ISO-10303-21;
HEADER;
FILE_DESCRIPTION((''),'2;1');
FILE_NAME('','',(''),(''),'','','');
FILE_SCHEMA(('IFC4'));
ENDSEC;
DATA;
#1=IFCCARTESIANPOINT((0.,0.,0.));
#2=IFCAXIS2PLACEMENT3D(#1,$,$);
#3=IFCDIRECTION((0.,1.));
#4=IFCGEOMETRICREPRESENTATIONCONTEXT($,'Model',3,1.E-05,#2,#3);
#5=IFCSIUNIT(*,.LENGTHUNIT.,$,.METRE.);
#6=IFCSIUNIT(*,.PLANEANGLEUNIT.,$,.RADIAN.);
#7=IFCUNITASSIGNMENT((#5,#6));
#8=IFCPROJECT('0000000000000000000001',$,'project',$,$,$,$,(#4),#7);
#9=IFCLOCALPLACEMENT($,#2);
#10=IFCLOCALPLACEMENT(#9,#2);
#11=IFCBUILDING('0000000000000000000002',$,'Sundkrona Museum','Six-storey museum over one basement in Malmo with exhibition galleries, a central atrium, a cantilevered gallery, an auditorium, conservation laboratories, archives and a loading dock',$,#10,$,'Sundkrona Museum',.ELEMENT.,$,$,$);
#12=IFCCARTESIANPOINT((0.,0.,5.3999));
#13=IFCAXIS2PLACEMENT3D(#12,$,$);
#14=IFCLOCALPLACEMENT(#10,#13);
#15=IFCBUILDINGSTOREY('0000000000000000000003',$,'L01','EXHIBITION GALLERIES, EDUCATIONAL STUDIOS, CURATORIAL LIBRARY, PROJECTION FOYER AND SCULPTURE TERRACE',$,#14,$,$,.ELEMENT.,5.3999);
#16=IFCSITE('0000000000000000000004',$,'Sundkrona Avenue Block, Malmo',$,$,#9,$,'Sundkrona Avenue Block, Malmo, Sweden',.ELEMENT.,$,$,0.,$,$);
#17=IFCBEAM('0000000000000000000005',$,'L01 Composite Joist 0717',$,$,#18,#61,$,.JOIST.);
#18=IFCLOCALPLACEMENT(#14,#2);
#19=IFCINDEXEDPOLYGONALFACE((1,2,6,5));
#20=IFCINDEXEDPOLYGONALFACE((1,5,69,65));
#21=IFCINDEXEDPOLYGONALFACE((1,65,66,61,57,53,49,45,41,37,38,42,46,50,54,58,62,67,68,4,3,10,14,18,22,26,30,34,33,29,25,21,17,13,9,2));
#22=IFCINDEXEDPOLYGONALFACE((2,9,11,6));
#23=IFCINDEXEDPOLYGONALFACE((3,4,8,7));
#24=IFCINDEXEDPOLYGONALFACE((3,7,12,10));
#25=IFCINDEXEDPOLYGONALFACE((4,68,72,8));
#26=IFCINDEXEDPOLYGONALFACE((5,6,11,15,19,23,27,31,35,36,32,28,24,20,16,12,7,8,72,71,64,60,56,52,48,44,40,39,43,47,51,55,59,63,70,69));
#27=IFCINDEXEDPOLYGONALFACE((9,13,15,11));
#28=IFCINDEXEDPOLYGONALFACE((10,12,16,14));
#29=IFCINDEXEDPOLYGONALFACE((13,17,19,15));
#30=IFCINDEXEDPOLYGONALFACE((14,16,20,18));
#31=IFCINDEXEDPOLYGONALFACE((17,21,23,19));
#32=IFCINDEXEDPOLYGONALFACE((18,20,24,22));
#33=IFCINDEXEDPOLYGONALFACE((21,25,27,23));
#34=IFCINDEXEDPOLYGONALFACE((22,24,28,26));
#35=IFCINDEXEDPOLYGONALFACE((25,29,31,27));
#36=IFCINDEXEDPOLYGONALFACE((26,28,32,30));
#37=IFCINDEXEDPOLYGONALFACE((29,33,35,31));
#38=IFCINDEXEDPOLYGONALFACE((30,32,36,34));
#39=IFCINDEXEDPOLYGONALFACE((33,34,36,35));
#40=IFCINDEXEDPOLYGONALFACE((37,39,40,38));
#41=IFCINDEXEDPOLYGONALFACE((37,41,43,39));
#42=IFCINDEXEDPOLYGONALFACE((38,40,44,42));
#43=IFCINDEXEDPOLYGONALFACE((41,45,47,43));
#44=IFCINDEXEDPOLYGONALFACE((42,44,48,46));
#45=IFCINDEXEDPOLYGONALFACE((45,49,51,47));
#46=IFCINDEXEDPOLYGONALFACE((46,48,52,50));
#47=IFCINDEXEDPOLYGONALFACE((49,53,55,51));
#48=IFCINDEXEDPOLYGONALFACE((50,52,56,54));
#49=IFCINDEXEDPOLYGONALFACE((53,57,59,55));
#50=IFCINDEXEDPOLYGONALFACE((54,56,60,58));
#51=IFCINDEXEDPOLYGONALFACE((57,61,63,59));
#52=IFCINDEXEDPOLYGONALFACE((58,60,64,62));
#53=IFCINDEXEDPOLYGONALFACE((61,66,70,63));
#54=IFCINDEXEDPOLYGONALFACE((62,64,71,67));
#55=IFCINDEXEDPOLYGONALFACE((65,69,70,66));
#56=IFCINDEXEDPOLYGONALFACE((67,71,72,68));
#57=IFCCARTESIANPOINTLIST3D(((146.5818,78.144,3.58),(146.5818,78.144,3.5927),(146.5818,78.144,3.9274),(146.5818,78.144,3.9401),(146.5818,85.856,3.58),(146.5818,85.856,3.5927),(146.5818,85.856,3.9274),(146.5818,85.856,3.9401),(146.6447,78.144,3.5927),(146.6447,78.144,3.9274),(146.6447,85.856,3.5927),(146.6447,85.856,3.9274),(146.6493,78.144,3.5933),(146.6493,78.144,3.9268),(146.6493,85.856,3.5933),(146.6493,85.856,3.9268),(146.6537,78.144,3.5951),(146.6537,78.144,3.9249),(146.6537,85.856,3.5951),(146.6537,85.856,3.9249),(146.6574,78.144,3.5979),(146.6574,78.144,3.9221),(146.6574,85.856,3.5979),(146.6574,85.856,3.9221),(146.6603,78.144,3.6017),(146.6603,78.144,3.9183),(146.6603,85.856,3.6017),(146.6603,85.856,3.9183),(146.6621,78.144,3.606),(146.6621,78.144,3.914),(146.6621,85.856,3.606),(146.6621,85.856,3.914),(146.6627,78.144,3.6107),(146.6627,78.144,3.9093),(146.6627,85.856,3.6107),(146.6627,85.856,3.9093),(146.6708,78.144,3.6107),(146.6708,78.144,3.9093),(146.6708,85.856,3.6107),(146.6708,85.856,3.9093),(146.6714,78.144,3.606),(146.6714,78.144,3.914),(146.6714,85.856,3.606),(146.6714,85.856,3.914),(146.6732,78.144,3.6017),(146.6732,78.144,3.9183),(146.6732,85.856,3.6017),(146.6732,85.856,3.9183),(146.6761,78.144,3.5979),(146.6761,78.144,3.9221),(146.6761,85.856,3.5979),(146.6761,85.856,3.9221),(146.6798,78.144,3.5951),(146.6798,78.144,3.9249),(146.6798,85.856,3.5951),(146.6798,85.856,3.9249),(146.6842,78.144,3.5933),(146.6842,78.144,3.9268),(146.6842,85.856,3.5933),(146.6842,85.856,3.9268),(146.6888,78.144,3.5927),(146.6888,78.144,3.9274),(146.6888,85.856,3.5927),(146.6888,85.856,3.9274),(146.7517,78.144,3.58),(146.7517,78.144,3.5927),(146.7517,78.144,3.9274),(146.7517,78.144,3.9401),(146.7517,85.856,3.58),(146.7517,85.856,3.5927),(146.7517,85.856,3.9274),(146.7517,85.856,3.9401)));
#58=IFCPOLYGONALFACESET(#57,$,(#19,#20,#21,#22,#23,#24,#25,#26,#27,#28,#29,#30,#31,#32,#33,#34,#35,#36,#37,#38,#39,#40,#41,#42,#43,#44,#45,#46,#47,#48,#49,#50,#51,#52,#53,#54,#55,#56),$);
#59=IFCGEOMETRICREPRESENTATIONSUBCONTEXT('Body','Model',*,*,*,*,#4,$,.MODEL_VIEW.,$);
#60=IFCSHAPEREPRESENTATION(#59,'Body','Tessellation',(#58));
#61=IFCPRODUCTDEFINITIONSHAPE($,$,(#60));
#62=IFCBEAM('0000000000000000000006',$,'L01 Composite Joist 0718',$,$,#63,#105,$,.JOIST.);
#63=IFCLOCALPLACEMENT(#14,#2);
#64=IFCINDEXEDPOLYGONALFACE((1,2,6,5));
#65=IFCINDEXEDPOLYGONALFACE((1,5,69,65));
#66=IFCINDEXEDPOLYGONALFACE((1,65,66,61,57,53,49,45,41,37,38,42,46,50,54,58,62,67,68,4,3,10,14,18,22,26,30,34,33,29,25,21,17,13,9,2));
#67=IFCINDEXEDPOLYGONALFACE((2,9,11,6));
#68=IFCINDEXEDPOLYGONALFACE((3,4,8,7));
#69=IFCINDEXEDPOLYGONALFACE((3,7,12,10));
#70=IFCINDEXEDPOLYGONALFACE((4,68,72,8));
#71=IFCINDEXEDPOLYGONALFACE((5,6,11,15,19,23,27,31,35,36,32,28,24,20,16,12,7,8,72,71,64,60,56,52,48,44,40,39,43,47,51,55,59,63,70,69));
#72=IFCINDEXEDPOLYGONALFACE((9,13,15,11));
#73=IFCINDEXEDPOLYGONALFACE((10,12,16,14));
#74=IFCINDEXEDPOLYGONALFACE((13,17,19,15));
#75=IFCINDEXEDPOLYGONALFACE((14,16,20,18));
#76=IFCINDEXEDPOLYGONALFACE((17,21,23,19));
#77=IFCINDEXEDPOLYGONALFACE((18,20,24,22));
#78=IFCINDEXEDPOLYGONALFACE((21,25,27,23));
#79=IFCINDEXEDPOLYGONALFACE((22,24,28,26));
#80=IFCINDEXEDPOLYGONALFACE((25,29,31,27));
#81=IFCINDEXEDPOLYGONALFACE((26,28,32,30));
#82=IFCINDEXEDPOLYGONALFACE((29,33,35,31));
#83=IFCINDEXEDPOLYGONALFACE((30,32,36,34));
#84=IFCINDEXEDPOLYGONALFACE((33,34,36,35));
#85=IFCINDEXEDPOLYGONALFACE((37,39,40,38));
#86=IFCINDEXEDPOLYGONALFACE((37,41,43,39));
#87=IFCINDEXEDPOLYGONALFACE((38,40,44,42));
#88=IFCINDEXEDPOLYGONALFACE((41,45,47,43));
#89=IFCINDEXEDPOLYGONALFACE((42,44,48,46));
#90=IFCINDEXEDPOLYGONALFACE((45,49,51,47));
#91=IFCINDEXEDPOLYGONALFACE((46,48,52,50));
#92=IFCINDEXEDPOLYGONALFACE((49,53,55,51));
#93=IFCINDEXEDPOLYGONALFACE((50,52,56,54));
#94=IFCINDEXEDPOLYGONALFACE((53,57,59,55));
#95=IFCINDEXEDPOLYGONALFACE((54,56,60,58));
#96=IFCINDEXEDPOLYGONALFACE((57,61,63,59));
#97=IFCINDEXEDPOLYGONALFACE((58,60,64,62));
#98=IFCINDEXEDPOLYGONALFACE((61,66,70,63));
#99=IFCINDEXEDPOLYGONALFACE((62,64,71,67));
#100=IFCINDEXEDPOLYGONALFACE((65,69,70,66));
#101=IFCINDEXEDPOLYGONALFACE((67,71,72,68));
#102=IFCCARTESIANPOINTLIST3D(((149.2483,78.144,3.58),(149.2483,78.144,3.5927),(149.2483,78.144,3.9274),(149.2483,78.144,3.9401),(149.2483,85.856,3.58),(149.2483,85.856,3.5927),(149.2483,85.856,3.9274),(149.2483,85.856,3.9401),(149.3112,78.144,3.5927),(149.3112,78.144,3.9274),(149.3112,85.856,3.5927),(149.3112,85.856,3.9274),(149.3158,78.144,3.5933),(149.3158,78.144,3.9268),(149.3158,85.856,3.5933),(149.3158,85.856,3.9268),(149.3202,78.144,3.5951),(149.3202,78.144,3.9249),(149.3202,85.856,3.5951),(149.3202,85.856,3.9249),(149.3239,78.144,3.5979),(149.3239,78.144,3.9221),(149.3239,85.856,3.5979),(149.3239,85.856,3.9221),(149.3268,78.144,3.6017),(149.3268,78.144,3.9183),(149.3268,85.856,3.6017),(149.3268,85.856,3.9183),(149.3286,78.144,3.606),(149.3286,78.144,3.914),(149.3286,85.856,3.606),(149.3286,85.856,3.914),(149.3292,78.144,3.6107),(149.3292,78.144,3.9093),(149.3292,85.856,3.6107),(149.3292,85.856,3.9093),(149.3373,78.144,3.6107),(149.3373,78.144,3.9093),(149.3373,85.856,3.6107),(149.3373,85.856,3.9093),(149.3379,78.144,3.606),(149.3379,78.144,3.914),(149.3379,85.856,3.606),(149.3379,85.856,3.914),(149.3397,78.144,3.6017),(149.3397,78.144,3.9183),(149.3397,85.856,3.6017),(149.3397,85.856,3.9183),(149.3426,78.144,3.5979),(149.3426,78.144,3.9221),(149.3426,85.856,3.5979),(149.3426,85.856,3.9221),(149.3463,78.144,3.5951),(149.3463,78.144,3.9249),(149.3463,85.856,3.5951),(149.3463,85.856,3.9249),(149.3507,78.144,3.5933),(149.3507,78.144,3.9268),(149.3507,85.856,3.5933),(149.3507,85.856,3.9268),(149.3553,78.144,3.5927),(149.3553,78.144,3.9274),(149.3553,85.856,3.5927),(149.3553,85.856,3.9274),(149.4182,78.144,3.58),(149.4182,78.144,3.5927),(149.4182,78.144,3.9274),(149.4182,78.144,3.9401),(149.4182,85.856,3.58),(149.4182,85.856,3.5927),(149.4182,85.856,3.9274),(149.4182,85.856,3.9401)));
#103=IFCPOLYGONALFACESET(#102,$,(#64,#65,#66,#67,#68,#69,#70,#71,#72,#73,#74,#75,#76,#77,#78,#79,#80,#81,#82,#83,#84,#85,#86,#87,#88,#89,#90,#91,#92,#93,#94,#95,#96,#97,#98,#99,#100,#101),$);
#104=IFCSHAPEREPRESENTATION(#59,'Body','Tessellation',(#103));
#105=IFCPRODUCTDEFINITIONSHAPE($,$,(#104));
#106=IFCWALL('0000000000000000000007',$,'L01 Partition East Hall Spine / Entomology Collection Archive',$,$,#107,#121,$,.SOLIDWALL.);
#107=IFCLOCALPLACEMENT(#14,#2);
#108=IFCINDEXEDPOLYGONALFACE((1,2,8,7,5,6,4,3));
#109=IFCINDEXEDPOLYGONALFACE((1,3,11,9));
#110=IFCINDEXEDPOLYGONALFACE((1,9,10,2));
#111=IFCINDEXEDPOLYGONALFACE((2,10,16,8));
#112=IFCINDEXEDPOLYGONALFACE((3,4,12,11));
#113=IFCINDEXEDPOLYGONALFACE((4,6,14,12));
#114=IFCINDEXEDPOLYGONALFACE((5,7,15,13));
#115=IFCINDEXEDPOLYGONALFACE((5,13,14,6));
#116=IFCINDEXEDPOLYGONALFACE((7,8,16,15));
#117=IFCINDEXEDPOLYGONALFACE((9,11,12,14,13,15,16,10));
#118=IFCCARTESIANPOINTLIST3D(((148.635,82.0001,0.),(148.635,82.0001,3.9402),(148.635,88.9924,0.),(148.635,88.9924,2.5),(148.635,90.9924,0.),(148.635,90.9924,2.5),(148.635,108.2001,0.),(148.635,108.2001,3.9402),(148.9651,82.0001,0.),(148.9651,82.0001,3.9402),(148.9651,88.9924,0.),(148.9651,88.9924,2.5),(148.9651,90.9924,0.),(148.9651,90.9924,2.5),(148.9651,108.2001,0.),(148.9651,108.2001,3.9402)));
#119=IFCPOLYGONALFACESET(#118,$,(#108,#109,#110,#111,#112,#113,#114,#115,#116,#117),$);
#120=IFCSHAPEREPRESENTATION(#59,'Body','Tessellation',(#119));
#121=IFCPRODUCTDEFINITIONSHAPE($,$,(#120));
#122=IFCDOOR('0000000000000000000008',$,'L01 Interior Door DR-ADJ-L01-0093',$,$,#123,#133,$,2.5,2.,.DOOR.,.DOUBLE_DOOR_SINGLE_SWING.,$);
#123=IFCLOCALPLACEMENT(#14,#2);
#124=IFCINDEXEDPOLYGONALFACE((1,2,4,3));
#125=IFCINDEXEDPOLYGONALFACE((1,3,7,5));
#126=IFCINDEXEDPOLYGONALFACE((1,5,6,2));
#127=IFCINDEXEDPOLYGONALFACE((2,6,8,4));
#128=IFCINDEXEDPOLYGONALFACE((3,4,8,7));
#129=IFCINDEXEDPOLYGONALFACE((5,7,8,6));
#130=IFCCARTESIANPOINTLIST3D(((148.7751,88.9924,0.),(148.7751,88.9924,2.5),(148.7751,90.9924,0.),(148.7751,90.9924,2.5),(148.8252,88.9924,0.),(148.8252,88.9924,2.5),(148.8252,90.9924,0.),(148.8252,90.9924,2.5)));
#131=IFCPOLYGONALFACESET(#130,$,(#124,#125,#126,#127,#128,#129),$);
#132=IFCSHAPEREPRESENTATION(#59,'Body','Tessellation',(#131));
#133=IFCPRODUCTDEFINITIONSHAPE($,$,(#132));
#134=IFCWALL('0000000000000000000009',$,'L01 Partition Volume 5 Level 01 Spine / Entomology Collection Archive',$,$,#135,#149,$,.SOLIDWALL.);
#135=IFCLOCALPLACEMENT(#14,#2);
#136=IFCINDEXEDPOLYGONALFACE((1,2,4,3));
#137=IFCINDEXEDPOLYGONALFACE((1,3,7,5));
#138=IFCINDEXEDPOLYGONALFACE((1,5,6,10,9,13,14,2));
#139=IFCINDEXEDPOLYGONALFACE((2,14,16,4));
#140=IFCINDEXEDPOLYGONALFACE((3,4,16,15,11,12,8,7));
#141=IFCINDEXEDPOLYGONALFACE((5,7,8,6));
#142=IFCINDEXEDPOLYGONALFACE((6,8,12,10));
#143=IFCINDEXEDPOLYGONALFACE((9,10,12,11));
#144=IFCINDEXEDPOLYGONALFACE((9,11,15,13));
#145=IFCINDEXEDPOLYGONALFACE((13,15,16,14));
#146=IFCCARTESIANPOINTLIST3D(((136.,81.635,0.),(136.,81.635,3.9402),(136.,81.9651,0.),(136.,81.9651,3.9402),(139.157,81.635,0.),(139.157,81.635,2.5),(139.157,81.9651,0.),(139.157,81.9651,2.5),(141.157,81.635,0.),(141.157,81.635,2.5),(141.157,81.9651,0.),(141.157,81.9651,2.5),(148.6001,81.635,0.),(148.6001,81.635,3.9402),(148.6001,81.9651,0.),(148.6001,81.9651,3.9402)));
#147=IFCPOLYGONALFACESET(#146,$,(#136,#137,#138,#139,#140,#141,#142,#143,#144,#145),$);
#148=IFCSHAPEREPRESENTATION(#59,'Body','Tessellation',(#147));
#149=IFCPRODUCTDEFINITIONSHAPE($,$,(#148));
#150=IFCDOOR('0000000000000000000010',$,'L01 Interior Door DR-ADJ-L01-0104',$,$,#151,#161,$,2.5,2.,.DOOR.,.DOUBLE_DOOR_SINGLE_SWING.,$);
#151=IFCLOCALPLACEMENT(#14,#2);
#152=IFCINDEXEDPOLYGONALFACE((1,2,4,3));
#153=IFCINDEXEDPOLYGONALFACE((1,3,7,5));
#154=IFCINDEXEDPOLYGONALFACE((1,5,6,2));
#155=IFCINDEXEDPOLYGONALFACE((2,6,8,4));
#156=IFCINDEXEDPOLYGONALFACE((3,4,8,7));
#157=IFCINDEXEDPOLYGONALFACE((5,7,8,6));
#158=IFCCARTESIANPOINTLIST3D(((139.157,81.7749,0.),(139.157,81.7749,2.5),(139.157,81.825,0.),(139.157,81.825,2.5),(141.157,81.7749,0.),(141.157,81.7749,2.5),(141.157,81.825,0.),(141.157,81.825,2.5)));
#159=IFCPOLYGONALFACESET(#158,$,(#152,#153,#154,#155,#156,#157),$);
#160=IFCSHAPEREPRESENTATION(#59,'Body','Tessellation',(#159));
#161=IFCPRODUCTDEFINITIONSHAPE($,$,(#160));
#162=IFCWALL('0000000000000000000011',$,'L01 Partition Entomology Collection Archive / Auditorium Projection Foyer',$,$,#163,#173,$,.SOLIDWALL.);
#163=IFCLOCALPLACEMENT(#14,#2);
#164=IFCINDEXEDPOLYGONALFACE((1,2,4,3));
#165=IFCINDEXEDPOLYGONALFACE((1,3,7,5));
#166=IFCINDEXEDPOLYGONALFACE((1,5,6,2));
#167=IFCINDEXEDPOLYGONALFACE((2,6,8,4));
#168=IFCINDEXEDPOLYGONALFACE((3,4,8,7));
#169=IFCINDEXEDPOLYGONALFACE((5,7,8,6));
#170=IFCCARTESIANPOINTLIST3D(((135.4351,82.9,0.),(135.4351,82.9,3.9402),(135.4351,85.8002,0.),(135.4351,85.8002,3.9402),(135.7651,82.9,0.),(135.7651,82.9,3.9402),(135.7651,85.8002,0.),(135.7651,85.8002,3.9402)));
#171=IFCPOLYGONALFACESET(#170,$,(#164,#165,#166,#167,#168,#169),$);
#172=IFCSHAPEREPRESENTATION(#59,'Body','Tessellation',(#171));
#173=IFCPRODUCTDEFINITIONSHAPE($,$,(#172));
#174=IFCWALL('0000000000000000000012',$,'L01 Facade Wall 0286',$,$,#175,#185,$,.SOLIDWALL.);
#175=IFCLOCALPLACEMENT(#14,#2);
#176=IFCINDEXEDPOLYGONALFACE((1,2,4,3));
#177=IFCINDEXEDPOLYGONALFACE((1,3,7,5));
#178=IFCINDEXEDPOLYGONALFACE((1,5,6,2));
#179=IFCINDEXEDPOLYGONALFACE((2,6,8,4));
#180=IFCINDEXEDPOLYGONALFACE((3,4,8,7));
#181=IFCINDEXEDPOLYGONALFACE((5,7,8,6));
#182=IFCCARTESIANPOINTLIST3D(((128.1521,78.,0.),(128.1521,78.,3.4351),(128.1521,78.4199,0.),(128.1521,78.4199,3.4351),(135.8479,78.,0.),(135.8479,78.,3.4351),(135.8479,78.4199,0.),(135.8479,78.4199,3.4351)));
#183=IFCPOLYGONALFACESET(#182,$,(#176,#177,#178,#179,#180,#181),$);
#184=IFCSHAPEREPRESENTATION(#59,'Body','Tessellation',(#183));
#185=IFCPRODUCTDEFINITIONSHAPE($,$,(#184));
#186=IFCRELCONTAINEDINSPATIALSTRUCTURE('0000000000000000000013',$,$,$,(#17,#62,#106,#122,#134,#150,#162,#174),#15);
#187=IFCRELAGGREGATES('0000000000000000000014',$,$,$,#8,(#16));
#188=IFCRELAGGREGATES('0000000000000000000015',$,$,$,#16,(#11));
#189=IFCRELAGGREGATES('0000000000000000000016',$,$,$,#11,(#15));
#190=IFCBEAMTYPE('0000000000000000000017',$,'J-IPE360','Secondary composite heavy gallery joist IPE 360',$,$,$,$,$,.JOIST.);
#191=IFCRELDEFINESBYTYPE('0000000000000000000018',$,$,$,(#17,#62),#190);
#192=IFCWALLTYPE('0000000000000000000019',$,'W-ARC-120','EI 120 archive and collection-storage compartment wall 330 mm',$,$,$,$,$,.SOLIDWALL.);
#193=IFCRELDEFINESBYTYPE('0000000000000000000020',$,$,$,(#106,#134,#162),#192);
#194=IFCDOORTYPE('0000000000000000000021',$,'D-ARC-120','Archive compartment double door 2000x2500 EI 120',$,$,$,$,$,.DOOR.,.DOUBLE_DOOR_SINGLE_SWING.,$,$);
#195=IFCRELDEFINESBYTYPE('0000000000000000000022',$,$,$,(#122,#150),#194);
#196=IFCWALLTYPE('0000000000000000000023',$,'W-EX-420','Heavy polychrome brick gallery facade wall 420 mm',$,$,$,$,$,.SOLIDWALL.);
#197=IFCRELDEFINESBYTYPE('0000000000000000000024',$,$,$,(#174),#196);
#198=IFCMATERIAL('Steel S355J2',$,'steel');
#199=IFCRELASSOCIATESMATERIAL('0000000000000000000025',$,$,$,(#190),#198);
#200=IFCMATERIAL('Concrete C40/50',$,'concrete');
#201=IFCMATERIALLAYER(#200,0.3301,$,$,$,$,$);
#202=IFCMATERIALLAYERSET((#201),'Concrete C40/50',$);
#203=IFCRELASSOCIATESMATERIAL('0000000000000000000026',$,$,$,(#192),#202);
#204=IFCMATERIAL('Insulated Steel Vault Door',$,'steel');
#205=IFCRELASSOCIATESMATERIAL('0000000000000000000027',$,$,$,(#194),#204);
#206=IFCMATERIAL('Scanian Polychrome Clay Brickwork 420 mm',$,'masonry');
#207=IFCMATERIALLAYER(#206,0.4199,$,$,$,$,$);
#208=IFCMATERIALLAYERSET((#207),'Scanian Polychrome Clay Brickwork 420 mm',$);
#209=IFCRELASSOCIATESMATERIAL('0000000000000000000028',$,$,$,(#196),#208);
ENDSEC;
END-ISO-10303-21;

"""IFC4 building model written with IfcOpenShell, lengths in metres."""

from ifc_helpers import new_model, si_unit, direction, frame, frame_2d, origin, origin_2d, place, context, subcontext, project, spatial, rectangle, i_section, extrude, material, layer, layer_set, material_profile, profile_set, type_object, element, fill, save


model = new_model("IFC4")

# Units and contexts
model_context = context("Model", 3, precision=1e-05, world=origin(), true_north=direction((0.0, 1.0)))
body_context = subcontext(model_context, "Body", "Model", "MODEL_VIEW")
ifc_project = project(units=[si_unit("LENGTHUNIT", "METRE"), si_unit("PLANEANGLEUNIT", "RADIAN")], contexts=[model_context])

# Site, building, storey
site_placement = place(None, origin())
site = spatial("IfcSite", under=ifc_project, at=site_placement, Name="Sundkrona Avenue Block, Malmo", LongName="Sundkrona Avenue Block, Malmo, Sweden", CompositionType="ELEMENT", RefElevation=0.0)
building_placement = place(site_placement, origin())
building = spatial("IfcBuilding", under=site, at=building_placement, Name="Sundkrona Museum", Description="Six-storey museum over one basement in Malmo with exhibition galleries, a central atrium, a cantilevered gallery, an auditorium, conservation laboratories, archives and a loading dock", LongName="Sundkrona Museum", CompositionType="ELEMENT")
storey_placement = place(building_placement, frame((0.0, 0.0, 5.3999)))
storey = spatial("IfcBuildingStorey", under=building, at=storey_placement, Name="L01", Description="EXHIBITION GALLERIES, EDUCATIONAL STUDIOS, CURATORIAL LIBRARY, PROJECTION FOYER AND SCULPTURE TERRACE", CompositionType="ELEMENT", Elevation=5.3999)

# Shared definitions
ifc_material_1 = material(Name="Steel S355J2", Category="steel")

# Beams
ifc_material_profile_1 = material_profile(ifc_material_1, i_section(OverallWidth=0.1699, OverallDepth=0.3601, WebThickness=0.0081, FlangeThickness=0.0127, FilletRadius=0.0181, at=origin_2d()), Name="IPE 360")
ifc_profile_set_1 = profile_set([ifc_material_profile_1], Name="Steel S355J2")
beam_type_1 = type_object("IfcBeamType", Name="J-IPE360", Description="Secondary composite heavy gallery joist IPE 360", PredefinedType="JOIST", material=ifc_profile_set_1)
for number, where, z_axis, x_axis, name in (
    (1, (146.6667, 78.144, 3.76), (0.0, 1.0, 0.0), (-1.0, 0.0, 0.0), "L01 Composite Joist 0717"),
    (2, (149.3333, 78.144, 3.76), (0.0, 1.0, 0.0), (-1.0, 0.0, 0.0), "L01 Composite Joist 0718"),
):
    element("IfcBeam", number, at=place(storey_placement, frame(where, z_axis=z_axis, x_axis=x_axis)), inside=storey, type_object=beam_type_1, Name=name, PredefinedType="JOIST", context=body_context, shape_type="SweptSolid", body=[
        extrude(i_section(OverallWidth=0.1699, OverallDepth=0.3601, WebThickness=0.0081, FlangeThickness=0.0127, FilletRadius=0.0181, at=origin_2d()), origin(), (0.0, 0.0, 1.0), 7.7119),
    ])

# Walls, openings, doors
ifc_material_2 = material(Name="Concrete C40/50", Category="concrete")
ifc_layer_1 = layer(ifc_material_2, 0.3301)
ifc_layer_set_1 = layer_set([ifc_layer_1], Name="Concrete C40/50")
wall_type_1 = type_object("IfcWallType", Name="W-ARC-120", Description="EI 120 archive and collection-storage compartment wall 330 mm", PredefinedType="SOLIDWALL", material=ifc_layer_set_1)
wall_1_placement = place(storey_placement, frame((148.8, 82.0, 0.0), z_axis=(0.0, 0.0, 1.0), x_axis=(0.0, 1.0, 0.0)))
wall_1 = element("IfcWall", 3, at=wall_1_placement, inside=storey, type_object=wall_type_1, Name="L01 Partition East Hall Spine / Entomology Collection Archive", PredefinedType="SOLIDWALL", context=body_context, shape_type="SweptSolid", body=[
    extrude(rectangle(XDim=26.2, YDim=0.3301, at=frame_2d((13.1001, 0.0))), origin(), (0.0, 0.0, 1.0), 3.9402),
])
opening_1_placement = place(wall_1_placement, frame((6.9924, 0.0, 0.0)))
opening_1 = element("IfcOpeningElement", 4, at=opening_1_placement, cuts=wall_1, PredefinedType="OPENING", context=body_context, shape_type="SweptSolid", body=[
    extrude(rectangle(XDim=2.0, YDim=2.5, at=frame_2d((1.0, 1.25))), frame((0.0, 0.175, 0.0), z_axis=(0.0, -1.0, 0.0), x_axis=(1.0, 0.0, 0.0)), (0.0, 0.0, 1.0), 0.3501),
])
ifc_material_3 = material(Name="Insulated Steel Vault Door", Category="steel")
door_type_1 = type_object("IfcDoorType", Name="D-ARC-120", Description="Archive compartment double door 2000x2500 EI 120", OperationType="DOUBLE_DOOR_SINGLE_SWING", PredefinedType="DOOR", material=ifc_material_3)
door_1_placement = place(opening_1_placement, origin())
door_1 = element("IfcDoor", 5, at=door_1_placement, inside=storey, type_object=door_type_1, Name="L01 Interior Door DR-ADJ-L01-0093", OperationType="DOUBLE_DOOR_SINGLE_SWING", OverallHeight=2.5, OverallWidth=2.0, PredefinedType="DOOR", context=body_context, shape_type="SweptSolid", body=[
    extrude(rectangle(XDim=2.0, YDim=2.5, at=frame_2d((1.0, 1.25))), frame((0.0, 0.0249, 0.0), z_axis=(0.0, -1.0, 0.0), x_axis=(1.0, 0.0, 0.0)), (0.0, 0.0, 1.0), 0.05),
])
fill(opening_1, door_1)
wall_2_placement = place(storey_placement, frame((136.0, 81.8, 0.0), z_axis=(0.0, 0.0, 1.0), x_axis=(1.0, 0.0, 0.0)))
wall_2 = element("IfcWall", 6, at=wall_2_placement, inside=storey, type_object=wall_type_1, Name="L01 Partition Volume 5 Level 01 Spine / Entomology Collection Archive", PredefinedType="SOLIDWALL", context=body_context, shape_type="SweptSolid", body=[
    extrude(rectangle(XDim=12.6001, YDim=0.3301, at=frame_2d((6.3, 0.0))), origin(), (0.0, 0.0, 1.0), 3.9402),
])
opening_2_placement = place(wall_2_placement, frame((3.157, 0.0, 0.0)))
opening_2 = element("IfcOpeningElement", 7, at=opening_2_placement, cuts=wall_2, PredefinedType="OPENING", context=body_context, shape_type="SweptSolid", body=[
    extrude(rectangle(XDim=2.0, YDim=2.5, at=frame_2d((1.0, 1.25))), frame((0.0, 0.175, 0.0), z_axis=(0.0, -1.0, 0.0), x_axis=(1.0, 0.0, 0.0)), (0.0, 0.0, 1.0), 0.3501),
])
door_2_placement = place(opening_2_placement, origin())
door_2 = element("IfcDoor", 8, at=door_2_placement, inside=storey, type_object=door_type_1, Name="L01 Interior Door DR-ADJ-L01-0104", OperationType="DOUBLE_DOOR_SINGLE_SWING", OverallHeight=2.5, OverallWidth=2.0, PredefinedType="DOOR", context=body_context, shape_type="SweptSolid", body=[
    extrude(rectangle(XDim=2.0, YDim=2.5, at=frame_2d((1.0, 1.25))), frame((0.0, 0.0249, 0.0), z_axis=(0.0, -1.0, 0.0), x_axis=(1.0, 0.0, 0.0)), (0.0, 0.0, 1.0), 0.05),
])
fill(opening_2, door_2)

# Walls
wall_3_placement = place(storey_placement, frame((135.6001, 82.8999, 0.0), z_axis=(0.0, 0.0, 1.0), x_axis=(0.0, 1.0, 0.0)))
element("IfcWall", 9, at=wall_3_placement, inside=storey, type_object=wall_type_1, Name="L01 Partition Entomology Collection Archive / Auditorium Projection Foyer", PredefinedType="SOLIDWALL", context=body_context, shape_type="SweptSolid", body=[
    extrude(rectangle(XDim=2.9001, YDim=0.3301, at=frame_2d((1.4502, 0.0))), origin(), (0.0, 0.0, 1.0), 3.9402),
])
ifc_material_4 = material(Name="Scanian Polychrome Clay Brickwork 420 mm", Category="masonry")
ifc_layer_2 = layer(ifc_material_4, 0.4199)
ifc_layer_set_2 = layer_set([ifc_layer_2], Name="Scanian Polychrome Clay Brickwork 420 mm")
wall_type_2 = type_object("IfcWallType", Name="W-EX-420", Description="Heavy polychrome brick gallery facade wall 420 mm", PredefinedType="SOLIDWALL", material=ifc_layer_set_2)
wall_4_placement = place(storey_placement, frame((135.8479, 78.21, 0.0), z_axis=(0.0, 0.0, 1.0), x_axis=(-1.0, 0.0, 0.0)))
element("IfcWall", 10, at=wall_4_placement, inside=storey, type_object=wall_type_2, Name="L01 Facade Wall 0286", PredefinedType="SOLIDWALL", context=body_context, shape_type="SweptSolid", body=[
    extrude(rectangle(XDim=7.6958, YDim=0.4199, at=frame_2d((3.8479, 0.0))), origin(), (0.0, 0.0, 1.0), 3.4351),
])

save(model, "model.ifc")
